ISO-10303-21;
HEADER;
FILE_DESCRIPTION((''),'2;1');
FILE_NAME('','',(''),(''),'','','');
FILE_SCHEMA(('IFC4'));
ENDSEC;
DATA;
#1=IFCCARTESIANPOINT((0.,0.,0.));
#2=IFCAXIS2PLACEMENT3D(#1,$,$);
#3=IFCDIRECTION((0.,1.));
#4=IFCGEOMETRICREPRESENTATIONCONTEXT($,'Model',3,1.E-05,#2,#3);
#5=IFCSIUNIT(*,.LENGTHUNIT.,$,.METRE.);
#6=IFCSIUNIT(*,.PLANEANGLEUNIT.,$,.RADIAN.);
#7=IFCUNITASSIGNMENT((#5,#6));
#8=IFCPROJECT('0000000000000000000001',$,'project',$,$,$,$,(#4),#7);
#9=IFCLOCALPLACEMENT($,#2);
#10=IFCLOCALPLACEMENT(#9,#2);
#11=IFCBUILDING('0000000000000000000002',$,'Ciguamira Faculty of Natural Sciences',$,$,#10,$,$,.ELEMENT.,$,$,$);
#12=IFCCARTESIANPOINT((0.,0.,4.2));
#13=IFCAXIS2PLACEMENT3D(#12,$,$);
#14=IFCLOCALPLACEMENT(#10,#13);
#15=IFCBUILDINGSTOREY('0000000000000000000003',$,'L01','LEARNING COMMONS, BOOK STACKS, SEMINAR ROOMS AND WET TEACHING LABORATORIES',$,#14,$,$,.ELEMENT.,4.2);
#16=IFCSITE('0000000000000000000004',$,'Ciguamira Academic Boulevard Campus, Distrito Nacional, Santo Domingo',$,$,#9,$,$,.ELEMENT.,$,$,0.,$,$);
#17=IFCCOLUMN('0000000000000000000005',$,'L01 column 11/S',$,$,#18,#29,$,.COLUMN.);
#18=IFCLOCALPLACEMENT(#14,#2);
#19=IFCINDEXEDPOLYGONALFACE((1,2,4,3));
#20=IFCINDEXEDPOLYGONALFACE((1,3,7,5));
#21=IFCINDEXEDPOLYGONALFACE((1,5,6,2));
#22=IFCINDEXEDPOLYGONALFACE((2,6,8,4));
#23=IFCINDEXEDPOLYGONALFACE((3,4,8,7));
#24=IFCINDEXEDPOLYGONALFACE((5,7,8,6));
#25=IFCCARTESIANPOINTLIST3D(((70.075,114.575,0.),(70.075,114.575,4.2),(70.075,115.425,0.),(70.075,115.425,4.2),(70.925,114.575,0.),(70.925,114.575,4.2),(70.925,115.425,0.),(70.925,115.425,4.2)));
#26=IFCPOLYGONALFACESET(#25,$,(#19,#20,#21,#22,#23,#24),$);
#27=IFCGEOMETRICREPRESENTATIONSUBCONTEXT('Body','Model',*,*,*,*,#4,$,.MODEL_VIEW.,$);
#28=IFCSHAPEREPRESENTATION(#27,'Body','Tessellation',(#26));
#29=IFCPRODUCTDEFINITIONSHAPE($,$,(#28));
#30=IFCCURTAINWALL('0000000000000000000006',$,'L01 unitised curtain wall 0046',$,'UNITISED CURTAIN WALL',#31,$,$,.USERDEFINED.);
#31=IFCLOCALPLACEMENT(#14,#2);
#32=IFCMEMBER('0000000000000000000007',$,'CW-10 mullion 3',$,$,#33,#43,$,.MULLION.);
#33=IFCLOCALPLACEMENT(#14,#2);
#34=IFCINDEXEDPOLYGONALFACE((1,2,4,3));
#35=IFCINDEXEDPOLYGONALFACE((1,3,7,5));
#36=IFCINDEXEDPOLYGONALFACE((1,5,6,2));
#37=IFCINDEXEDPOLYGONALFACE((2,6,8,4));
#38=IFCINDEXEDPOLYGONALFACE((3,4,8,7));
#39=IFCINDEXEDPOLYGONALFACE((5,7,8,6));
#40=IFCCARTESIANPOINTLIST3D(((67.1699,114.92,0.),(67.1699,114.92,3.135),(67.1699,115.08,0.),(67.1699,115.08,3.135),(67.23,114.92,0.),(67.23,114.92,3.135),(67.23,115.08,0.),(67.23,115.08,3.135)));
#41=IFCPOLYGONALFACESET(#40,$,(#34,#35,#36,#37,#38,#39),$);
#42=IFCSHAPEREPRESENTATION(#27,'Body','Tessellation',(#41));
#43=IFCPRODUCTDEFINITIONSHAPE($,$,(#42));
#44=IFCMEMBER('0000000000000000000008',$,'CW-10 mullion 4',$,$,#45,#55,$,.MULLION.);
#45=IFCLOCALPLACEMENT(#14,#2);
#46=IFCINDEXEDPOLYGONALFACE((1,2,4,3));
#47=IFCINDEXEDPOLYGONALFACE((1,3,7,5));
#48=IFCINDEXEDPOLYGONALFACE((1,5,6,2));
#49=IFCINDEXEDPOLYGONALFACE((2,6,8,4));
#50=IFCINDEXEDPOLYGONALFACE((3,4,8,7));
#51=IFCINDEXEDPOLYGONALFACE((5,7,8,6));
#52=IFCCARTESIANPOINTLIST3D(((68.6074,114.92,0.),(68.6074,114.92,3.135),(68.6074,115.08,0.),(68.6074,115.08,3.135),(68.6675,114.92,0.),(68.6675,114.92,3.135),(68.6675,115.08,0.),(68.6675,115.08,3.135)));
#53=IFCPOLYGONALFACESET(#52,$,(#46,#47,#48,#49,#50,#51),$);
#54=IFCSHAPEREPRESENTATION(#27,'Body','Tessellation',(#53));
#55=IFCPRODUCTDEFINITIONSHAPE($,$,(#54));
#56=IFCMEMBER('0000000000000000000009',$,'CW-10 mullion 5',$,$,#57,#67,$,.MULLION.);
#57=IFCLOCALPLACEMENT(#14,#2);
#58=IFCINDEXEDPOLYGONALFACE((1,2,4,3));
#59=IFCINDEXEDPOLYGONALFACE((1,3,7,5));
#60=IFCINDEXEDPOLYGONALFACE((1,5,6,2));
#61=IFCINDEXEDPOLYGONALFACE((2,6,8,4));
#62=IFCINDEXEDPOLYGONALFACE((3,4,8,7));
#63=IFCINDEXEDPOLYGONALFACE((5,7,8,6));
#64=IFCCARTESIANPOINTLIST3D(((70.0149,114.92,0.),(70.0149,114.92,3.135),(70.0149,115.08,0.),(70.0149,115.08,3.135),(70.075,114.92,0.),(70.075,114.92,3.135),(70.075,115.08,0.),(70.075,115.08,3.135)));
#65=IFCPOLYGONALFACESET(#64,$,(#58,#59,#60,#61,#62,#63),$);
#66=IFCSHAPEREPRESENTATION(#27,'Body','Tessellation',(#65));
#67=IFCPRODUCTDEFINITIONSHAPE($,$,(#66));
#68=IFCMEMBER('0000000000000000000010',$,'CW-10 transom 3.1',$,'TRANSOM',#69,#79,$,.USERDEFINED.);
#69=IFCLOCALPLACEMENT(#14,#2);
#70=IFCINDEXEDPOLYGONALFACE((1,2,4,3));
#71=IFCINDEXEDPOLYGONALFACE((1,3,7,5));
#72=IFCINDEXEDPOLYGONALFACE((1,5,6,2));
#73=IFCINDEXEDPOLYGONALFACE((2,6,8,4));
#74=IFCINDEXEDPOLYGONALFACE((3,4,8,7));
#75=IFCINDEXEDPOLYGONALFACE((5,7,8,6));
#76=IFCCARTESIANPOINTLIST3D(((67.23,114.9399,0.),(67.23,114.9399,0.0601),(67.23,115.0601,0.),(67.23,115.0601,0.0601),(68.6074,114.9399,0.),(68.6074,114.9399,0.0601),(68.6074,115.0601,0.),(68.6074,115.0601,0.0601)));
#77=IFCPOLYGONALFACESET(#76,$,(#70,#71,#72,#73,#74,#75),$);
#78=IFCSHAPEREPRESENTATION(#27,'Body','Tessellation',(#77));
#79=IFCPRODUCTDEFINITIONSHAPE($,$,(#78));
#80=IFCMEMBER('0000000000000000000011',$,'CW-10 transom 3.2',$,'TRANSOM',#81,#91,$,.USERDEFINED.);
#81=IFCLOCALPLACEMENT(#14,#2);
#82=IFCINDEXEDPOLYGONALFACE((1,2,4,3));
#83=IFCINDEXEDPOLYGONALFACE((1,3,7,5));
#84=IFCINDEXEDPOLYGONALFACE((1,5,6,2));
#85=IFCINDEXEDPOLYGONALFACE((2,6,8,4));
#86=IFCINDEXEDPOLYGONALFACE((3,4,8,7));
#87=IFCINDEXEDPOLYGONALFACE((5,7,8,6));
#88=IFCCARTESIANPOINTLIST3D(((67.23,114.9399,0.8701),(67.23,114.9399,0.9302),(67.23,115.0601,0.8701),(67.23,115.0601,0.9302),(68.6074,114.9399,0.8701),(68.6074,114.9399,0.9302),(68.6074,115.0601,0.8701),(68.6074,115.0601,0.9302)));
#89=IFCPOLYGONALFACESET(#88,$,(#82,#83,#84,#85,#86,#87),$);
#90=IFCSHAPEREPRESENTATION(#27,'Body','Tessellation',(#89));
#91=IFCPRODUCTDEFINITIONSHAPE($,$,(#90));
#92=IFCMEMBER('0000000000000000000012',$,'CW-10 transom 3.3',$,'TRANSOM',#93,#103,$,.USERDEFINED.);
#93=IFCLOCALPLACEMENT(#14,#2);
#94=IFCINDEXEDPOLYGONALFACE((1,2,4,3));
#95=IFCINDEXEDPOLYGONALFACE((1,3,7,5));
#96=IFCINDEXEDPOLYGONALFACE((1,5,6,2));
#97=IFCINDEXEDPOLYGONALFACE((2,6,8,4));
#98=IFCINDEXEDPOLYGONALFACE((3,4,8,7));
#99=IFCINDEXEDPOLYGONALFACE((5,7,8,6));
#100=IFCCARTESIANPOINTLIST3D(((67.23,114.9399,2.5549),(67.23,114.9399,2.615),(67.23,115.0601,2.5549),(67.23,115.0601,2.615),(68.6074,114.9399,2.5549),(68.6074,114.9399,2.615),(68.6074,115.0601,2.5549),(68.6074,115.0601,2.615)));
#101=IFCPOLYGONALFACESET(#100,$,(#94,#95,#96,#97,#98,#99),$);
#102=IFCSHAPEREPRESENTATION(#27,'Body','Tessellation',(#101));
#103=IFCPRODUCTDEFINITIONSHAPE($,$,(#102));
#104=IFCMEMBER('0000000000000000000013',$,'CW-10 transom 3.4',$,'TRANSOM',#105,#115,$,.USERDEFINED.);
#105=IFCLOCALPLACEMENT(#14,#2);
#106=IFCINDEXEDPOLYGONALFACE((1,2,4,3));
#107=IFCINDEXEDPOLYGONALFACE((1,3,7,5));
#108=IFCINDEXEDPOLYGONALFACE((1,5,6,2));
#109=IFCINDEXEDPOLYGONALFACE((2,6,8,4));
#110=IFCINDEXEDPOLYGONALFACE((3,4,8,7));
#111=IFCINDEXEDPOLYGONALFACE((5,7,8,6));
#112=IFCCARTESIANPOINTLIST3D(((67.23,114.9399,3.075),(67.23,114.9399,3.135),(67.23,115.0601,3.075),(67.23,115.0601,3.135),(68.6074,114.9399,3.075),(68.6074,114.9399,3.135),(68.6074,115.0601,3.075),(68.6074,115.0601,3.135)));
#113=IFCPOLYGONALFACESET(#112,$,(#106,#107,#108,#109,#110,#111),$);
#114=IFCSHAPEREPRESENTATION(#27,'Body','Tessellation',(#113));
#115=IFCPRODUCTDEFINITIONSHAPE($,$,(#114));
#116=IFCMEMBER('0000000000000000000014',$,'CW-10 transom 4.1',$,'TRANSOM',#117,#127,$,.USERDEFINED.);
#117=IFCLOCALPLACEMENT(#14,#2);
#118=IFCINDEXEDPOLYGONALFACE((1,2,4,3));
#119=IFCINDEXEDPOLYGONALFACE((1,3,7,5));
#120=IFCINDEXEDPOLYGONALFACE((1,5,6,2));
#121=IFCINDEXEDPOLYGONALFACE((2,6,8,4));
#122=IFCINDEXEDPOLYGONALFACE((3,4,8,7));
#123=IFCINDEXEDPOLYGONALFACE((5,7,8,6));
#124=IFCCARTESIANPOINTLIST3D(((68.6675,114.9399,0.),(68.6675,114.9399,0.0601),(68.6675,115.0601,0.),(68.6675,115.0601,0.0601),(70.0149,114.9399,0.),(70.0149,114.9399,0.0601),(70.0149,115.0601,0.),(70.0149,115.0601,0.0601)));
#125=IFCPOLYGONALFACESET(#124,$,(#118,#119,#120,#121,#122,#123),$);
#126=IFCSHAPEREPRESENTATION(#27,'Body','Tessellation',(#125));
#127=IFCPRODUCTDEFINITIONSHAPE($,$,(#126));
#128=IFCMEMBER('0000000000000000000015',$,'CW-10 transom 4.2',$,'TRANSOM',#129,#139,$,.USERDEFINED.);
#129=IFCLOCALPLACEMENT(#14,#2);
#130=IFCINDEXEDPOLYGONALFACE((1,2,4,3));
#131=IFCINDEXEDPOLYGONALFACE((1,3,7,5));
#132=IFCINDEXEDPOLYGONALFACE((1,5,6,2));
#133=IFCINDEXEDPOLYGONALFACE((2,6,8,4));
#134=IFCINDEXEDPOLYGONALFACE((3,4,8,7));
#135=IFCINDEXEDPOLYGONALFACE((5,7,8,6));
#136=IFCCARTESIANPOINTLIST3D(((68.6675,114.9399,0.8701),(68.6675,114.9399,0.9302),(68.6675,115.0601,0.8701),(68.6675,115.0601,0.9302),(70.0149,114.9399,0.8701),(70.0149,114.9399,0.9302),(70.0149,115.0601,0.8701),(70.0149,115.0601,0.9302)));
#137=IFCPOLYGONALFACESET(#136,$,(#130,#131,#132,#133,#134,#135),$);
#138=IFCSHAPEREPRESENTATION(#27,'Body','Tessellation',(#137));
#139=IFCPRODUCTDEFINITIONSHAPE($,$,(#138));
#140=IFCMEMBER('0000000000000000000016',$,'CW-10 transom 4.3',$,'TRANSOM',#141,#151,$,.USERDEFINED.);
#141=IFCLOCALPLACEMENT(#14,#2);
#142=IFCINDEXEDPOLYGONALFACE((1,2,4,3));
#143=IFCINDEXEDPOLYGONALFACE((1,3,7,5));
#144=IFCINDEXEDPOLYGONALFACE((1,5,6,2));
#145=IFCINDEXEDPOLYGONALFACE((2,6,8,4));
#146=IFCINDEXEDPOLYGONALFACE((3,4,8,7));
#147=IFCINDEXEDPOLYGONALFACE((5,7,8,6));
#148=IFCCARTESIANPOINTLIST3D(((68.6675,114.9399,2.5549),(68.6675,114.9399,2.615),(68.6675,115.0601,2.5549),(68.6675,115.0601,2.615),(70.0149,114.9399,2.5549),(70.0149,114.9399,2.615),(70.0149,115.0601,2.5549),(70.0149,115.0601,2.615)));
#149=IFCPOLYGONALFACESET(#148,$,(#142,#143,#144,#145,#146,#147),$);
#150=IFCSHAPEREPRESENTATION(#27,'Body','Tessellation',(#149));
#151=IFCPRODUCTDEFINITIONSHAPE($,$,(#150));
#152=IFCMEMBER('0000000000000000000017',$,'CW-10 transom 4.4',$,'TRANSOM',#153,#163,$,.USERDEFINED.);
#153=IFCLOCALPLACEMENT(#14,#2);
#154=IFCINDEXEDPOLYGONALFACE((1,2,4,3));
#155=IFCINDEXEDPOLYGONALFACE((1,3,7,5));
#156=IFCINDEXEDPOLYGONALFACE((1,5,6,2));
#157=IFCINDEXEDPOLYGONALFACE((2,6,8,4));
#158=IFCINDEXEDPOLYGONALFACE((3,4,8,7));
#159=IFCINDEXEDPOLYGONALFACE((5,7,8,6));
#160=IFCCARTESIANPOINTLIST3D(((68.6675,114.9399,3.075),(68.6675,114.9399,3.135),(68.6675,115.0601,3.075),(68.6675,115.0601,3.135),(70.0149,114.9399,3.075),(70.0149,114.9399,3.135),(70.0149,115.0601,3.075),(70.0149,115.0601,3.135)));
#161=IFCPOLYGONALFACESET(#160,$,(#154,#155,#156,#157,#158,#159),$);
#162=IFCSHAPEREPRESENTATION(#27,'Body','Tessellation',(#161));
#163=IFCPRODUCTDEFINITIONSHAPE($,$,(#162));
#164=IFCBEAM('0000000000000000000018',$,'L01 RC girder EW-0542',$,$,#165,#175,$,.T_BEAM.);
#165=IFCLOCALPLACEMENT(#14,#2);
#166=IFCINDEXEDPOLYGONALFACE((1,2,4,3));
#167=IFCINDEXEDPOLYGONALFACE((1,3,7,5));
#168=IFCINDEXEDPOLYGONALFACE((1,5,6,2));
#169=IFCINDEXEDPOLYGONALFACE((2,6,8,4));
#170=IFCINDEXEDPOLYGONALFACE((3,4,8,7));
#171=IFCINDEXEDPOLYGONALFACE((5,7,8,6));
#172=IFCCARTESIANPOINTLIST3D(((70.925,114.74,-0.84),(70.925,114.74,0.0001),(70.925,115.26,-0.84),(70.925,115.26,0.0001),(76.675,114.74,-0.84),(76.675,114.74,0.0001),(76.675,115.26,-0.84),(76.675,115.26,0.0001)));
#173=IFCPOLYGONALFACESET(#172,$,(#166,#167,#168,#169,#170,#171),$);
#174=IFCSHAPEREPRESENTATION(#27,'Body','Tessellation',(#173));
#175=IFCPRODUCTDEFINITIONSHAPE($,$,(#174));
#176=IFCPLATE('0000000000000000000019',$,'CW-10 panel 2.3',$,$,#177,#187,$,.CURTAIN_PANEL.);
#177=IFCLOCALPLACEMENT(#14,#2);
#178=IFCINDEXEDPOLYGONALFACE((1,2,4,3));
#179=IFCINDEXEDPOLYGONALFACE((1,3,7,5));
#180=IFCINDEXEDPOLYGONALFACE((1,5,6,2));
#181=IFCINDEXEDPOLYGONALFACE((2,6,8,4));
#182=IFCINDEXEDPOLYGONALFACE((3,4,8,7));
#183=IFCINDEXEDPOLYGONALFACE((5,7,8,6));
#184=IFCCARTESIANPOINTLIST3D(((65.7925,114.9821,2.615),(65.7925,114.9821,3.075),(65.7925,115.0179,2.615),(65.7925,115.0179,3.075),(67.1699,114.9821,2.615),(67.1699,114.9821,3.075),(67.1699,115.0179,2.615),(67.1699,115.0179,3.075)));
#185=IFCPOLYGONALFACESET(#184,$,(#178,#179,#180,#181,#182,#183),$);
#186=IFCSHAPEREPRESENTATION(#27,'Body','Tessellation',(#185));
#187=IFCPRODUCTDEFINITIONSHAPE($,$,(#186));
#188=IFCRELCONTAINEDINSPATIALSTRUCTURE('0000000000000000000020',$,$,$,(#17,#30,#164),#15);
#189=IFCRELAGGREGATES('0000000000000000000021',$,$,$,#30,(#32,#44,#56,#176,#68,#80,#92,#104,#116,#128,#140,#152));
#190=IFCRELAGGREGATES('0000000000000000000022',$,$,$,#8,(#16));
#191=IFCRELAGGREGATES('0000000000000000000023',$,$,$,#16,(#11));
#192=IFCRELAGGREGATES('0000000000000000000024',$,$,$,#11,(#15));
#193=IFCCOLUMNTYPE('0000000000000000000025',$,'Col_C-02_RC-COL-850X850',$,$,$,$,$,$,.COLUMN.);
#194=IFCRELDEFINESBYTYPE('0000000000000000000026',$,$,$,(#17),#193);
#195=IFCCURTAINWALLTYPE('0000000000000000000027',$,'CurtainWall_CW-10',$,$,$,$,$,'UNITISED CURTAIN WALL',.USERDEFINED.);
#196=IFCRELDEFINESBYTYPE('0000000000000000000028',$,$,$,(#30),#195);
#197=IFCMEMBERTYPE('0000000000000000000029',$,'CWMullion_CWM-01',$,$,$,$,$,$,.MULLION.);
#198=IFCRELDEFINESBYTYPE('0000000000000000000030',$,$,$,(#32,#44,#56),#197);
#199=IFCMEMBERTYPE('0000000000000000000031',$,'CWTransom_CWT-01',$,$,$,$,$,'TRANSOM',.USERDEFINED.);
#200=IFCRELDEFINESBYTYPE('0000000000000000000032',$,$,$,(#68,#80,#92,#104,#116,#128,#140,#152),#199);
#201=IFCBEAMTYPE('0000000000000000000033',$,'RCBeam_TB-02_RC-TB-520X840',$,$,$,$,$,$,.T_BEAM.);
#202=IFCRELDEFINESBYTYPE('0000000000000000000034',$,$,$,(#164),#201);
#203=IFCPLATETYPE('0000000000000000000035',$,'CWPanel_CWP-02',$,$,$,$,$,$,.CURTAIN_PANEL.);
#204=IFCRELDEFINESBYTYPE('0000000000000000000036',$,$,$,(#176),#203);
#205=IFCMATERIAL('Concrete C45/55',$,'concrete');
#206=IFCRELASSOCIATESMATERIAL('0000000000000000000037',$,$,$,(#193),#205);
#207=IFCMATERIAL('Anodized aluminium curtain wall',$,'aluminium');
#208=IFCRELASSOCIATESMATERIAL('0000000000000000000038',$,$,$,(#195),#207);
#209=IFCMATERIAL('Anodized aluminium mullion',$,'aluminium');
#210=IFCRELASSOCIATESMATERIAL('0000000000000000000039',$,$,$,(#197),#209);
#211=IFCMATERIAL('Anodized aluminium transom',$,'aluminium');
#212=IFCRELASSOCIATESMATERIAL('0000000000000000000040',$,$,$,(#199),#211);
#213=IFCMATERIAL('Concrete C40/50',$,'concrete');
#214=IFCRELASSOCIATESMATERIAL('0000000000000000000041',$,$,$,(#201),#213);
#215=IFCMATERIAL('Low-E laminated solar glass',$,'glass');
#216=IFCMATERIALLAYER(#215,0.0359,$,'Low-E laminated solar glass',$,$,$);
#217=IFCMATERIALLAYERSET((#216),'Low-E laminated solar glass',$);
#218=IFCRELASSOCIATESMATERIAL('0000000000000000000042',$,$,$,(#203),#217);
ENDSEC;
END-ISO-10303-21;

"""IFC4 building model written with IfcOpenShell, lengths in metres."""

from ifc_helpers import new_model, si_unit, direction, frame, origin, origin_2d, place, context, subcontext, project, spatial, rectangle, extrude, material, layer, layer_set, material_profile, profile_set, type_object, element, aggregate, save


model = new_model("IFC4")

# Units and contexts
model_context = context("Model", 3, precision=1e-05, world=origin(), true_north=direction((0.0, 1.0)))
body_context = subcontext(model_context, "Body", "Model", "MODEL_VIEW")
ifc_project = project(units=[si_unit("LENGTHUNIT", "METRE"), si_unit("PLANEANGLEUNIT", "RADIAN")], contexts=[model_context])

# Site, building, storey
site_placement = place(None, origin())
site = spatial("IfcSite", under=ifc_project, at=site_placement, Name="Ciguamira Academic Boulevard Campus, Distrito Nacional, Santo Domingo", CompositionType="ELEMENT", RefElevation=0.0)
building_placement = place(site_placement, origin())
building = spatial("IfcBuilding", under=site, at=building_placement, Name="Ciguamira Faculty of Natural Sciences", CompositionType="ELEMENT")
storey_placement = place(building_placement, frame((0.0, 0.0, 4.2)))
storey = spatial("IfcBuildingStorey", under=building, at=storey_placement, Name="L01", Description="LEARNING COMMONS, BOOK STACKS, SEMINAR ROOMS AND WET TEACHING LABORATORIES", CompositionType="ELEMENT", Elevation=4.2)

# Column
ifc_material_1 = material(Name="Concrete C45/55", Category="concrete")
ifc_material_profile_1 = material_profile(ifc_material_1, rectangle(XDim=0.8501, YDim=0.8501, at=origin_2d()), Name="RC-COL-850X850")
ifc_profile_set_1 = profile_set([ifc_material_profile_1], Name="Concrete C45/55")
column_type = type_object("IfcColumnType", Name="Col_C-02_RC-COL-850X850", PredefinedType="COLUMN", material=ifc_profile_set_1)
column_placement = place(storey_placement, frame((70.5, 115.0, 0.0), z_axis=(0.0, 0.0, 1.0), x_axis=(1.0, 0.0, 0.0)))
element("IfcColumn", 1, at=column_placement, inside=storey, type_object=column_type, Name="L01 column 11/S", PredefinedType="COLUMN", context=body_context, shape_type="SweptSolid", body=[
    extrude(rectangle(XDim=0.8501, YDim=0.8501, at=origin_2d()), origin(), (0.0, 0.0, 1.0), 4.2),
])

# Curtain wall, members
ifc_material_2 = material(Name="Anodized aluminium curtain wall", Category="aluminium")
curtain_wall_type = type_object("IfcCurtainWallType", Name="CurtainWall_CW-10", ElementType="UNITISED CURTAIN WALL", PredefinedType="USERDEFINED", material=ifc_material_2)
curtain_wall_placement = place(storey_placement, origin())
curtain_wall = element("IfcCurtainWall", 2, at=curtain_wall_placement, inside=storey, type_object=curtain_wall_type, Name="L01 unitised curtain wall 0046", ObjectType="UNITISED CURTAIN WALL", PredefinedType="USERDEFINED")
ifc_material_3 = material(Name="Anodized aluminium mullion", Category="aluminium")
ifc_material_profile_2 = material_profile(ifc_material_3, rectangle(XDim=0.0601, YDim=0.1599, at=origin_2d()), Name="ALU-MUL-60X160")
ifc_profile_set_2 = profile_set([ifc_material_profile_2], Name="Anodized aluminium mullion")
member_type_1 = type_object("IfcMemberType", Name="CWMullion_CWM-01", PredefinedType="MULLION", material=ifc_profile_set_2)
member_1_placement = place(storey_placement, frame((67.2, 115.0, 0.0), z_axis=(0.0, 0.0, 1.0), x_axis=(1.0, 0.0, 0.0)))
member_1 = element("IfcMember", 3, at=member_1_placement, type_object=member_type_1, Name="CW-10 mullion 3", PredefinedType="MULLION", context=body_context, shape_type="SweptSolid", body=[
    extrude(rectangle(XDim=0.0601, YDim=0.1599, at=origin_2d()), origin(), (0.0, 0.0, 1.0), 3.135),
])
member_2_placement = place(storey_placement, frame((68.6375, 115.0, 0.0), z_axis=(0.0, 0.0, 1.0), x_axis=(1.0, 0.0, 0.0)))
member_2 = element("IfcMember", 4, at=member_2_placement, type_object=member_type_1, Name="CW-10 mullion 4", PredefinedType="MULLION", context=body_context, shape_type="SweptSolid", body=[
    extrude(rectangle(XDim=0.0601, YDim=0.1599, at=origin_2d()), origin(), (0.0, 0.0, 1.0), 3.135),
])
member_3_placement = place(storey_placement, frame((70.0449, 115.0, 0.0), z_axis=(0.0, 0.0, 1.0), x_axis=(1.0, 0.0, 0.0)))
member_3 = element("IfcMember", 5, at=member_3_placement, type_object=member_type_1, Name="CW-10 mullion 5", PredefinedType="MULLION", context=body_context, shape_type="SweptSolid", body=[
    extrude(rectangle(XDim=0.0601, YDim=0.1599, at=origin_2d()), origin(), (0.0, 0.0, 1.0), 3.135),
])
ifc_material_4 = material(Name="Anodized aluminium transom", Category="aluminium")
ifc_material_profile_3 = material_profile(ifc_material_4, rectangle(XDim=0.0601, YDim=0.1201, at=origin_2d()), Name="ALU-TRN-60X120")
ifc_profile_set_3 = profile_set([ifc_material_profile_3], Name="Anodized aluminium transom")
member_type_2 = type_object("IfcMemberType", Name="CWTransom_CWT-01", ElementType="TRANSOM", PredefinedType="USERDEFINED", material=ifc_profile_set_3)
member_4_placement = place(storey_placement, frame((67.23, 115.0, 0.03), z_axis=(1.0, 0.0, 0.0), x_axis=(0.0, 0.0, 1.0)))
member_4 = element("IfcMember", 6, at=member_4_placement, type_object=member_type_2, Name="CW-10 transom 3.1", ObjectType="TRANSOM", PredefinedType="USERDEFINED", context=body_context, shape_type="SweptSolid", body=[
    extrude(rectangle(XDim=0.0601, YDim=0.1201, at=origin_2d()), origin(), (0.0, 0.0, 1.0), 1.3774),
])
member_5_placement = place(storey_placement, frame((67.23, 115.0, 0.9001), z_axis=(1.0, 0.0, 0.0), x_axis=(0.0, 0.0, 1.0)))
member_5 = element("IfcMember", 7, at=member_5_placement, type_object=member_type_2, Name="CW-10 transom 3.2", ObjectType="TRANSOM", PredefinedType="USERDEFINED", context=body_context, shape_type="SweptSolid", body=[
    extrude(rectangle(XDim=0.0601, YDim=0.1201, at=origin_2d()), origin(), (0.0, 0.0, 1.0), 1.3774),
])
member_6_placement = place(storey_placement, frame((67.23, 115.0, 2.585), z_axis=(1.0, 0.0, 0.0), x_axis=(0.0, 0.0, 1.0)))
member_6 = element("IfcMember", 8, at=member_6_placement, type_object=member_type_2, Name="CW-10 transom 3.3", ObjectType="TRANSOM", PredefinedType="USERDEFINED", context=body_context, shape_type="SweptSolid", body=[
    extrude(rectangle(XDim=0.0601, YDim=0.1201, at=origin_2d()), origin(), (0.0, 0.0, 1.0), 1.3774),
])
member_7_placement = place(storey_placement, frame((67.23, 115.0, 3.105), z_axis=(1.0, 0.0, 0.0), x_axis=(0.0, 0.0, 1.0)))
member_7 = element("IfcMember", 9, at=member_7_placement, type_object=member_type_2, Name="CW-10 transom 3.4", ObjectType="TRANSOM", PredefinedType="USERDEFINED", context=body_context, shape_type="SweptSolid", body=[
    extrude(rectangle(XDim=0.0601, YDim=0.1201, at=origin_2d()), origin(), (0.0, 0.0, 1.0), 1.3774),
])
member_8_placement = place(storey_placement, frame((68.6675, 115.0, 0.03), z_axis=(1.0, 0.0, 0.0), x_axis=(0.0, 0.0, 1.0)))
member_8 = element("IfcMember", 10, at=member_8_placement, type_object=member_type_2, Name="CW-10 transom 4.1", ObjectType="TRANSOM", PredefinedType="USERDEFINED", context=body_context, shape_type="SweptSolid", body=[
    extrude(rectangle(XDim=0.0601, YDim=0.1201, at=origin_2d()), origin(), (0.0, 0.0, 1.0), 1.3474),
])
member_9_placement = place(storey_placement, frame((68.6675, 115.0, 0.9001), z_axis=(1.0, 0.0, 0.0), x_axis=(0.0, 0.0, 1.0)))
member_9 = element("IfcMember", 11, at=member_9_placement, type_object=member_type_2, Name="CW-10 transom 4.2", ObjectType="TRANSOM", PredefinedType="USERDEFINED", context=body_context, shape_type="SweptSolid", body=[
    extrude(rectangle(XDim=0.0601, YDim=0.1201, at=origin_2d()), origin(), (0.0, 0.0, 1.0), 1.3474),
])
member_10_placement = place(storey_placement, frame((68.6675, 115.0, 2.585), z_axis=(1.0, 0.0, 0.0), x_axis=(0.0, 0.0, 1.0)))
member_10 = element("IfcMember", 12, at=member_10_placement, type_object=member_type_2, Name="CW-10 transom 4.3", ObjectType="TRANSOM", PredefinedType="USERDEFINED", context=body_context, shape_type="SweptSolid", body=[
    extrude(rectangle(XDim=0.0601, YDim=0.1201, at=origin_2d()), origin(), (0.0, 0.0, 1.0), 1.3474),
])
member_11_placement = place(storey_placement, frame((68.6675, 115.0, 3.105), z_axis=(1.0, 0.0, 0.0), x_axis=(0.0, 0.0, 1.0)))
member_11 = element("IfcMember", 13, at=member_11_placement, type_object=member_type_2, Name="CW-10 transom 4.4", ObjectType="TRANSOM", PredefinedType="USERDEFINED", context=body_context, shape_type="SweptSolid", body=[
    extrude(rectangle(XDim=0.0601, YDim=0.1201, at=origin_2d()), origin(), (0.0, 0.0, 1.0), 1.3474),
])

# Beam
ifc_material_5 = material(Name="Concrete C40/50", Category="concrete")
ifc_material_profile_4 = material_profile(ifc_material_5, rectangle(XDim=0.52, YDim=0.8401, at=origin_2d()), Name="RC-TB-520X840")
ifc_profile_set_4 = profile_set([ifc_material_profile_4], Name="Concrete C40/50")
beam_type = type_object("IfcBeamType", Name="RCBeam_TB-02_RC-TB-520X840", PredefinedType="T_BEAM", material=ifc_profile_set_4)
beam_placement = place(storey_placement, frame((70.925, 115.0, -0.4199), z_axis=(1.0, 0.0, 0.0), x_axis=(0.0, 1.0, 0.0)))
element("IfcBeam", 14, at=beam_placement, inside=storey, type_object=beam_type, Name="L01 RC girder EW-0542", PredefinedType="T_BEAM", context=body_context, shape_type="SweptSolid", body=[
    extrude(rectangle(XDim=0.52, YDim=0.8401, at=origin_2d()), origin(), (0.0, 0.0, 1.0), 5.75),
])

# Plate
ifc_material_6 = material(Name="Low-E laminated solar glass", Category="glass")
ifc_layer = layer(ifc_material_6, 0.0359, Name="Low-E laminated solar glass")
ifc_layer_set = layer_set([ifc_layer], Name="Low-E laminated solar glass")
plate_type = type_object("IfcPlateType", Name="CWPanel_CWP-02", PredefinedType="CURTAIN_PANEL", material=ifc_layer_set)
plate_1_placement = place(storey_placement, frame((66.4812, 115.0, 2.615), z_axis=(0.0, 0.0, 1.0), x_axis=(1.0, 0.0, 0.0)))
plate_1 = element("IfcPlate", 15, at=plate_1_placement, type_object=plate_type, Name="CW-10 panel 2.3", PredefinedType="CURTAIN_PANEL", context=body_context, shape_type="SweptSolid", body=[
    extrude(rectangle(XDim=1.3774, YDim=0.0359, at=origin_2d()), origin(), (0.0, 0.0, 1.0), 0.46),
])
aggregate(curtain_wall, [member_1, member_2, member_3, plate_1, member_4, member_5, member_6, member_7, member_8, member_9, member_10, member_11])

save(model, "model.ifc")
